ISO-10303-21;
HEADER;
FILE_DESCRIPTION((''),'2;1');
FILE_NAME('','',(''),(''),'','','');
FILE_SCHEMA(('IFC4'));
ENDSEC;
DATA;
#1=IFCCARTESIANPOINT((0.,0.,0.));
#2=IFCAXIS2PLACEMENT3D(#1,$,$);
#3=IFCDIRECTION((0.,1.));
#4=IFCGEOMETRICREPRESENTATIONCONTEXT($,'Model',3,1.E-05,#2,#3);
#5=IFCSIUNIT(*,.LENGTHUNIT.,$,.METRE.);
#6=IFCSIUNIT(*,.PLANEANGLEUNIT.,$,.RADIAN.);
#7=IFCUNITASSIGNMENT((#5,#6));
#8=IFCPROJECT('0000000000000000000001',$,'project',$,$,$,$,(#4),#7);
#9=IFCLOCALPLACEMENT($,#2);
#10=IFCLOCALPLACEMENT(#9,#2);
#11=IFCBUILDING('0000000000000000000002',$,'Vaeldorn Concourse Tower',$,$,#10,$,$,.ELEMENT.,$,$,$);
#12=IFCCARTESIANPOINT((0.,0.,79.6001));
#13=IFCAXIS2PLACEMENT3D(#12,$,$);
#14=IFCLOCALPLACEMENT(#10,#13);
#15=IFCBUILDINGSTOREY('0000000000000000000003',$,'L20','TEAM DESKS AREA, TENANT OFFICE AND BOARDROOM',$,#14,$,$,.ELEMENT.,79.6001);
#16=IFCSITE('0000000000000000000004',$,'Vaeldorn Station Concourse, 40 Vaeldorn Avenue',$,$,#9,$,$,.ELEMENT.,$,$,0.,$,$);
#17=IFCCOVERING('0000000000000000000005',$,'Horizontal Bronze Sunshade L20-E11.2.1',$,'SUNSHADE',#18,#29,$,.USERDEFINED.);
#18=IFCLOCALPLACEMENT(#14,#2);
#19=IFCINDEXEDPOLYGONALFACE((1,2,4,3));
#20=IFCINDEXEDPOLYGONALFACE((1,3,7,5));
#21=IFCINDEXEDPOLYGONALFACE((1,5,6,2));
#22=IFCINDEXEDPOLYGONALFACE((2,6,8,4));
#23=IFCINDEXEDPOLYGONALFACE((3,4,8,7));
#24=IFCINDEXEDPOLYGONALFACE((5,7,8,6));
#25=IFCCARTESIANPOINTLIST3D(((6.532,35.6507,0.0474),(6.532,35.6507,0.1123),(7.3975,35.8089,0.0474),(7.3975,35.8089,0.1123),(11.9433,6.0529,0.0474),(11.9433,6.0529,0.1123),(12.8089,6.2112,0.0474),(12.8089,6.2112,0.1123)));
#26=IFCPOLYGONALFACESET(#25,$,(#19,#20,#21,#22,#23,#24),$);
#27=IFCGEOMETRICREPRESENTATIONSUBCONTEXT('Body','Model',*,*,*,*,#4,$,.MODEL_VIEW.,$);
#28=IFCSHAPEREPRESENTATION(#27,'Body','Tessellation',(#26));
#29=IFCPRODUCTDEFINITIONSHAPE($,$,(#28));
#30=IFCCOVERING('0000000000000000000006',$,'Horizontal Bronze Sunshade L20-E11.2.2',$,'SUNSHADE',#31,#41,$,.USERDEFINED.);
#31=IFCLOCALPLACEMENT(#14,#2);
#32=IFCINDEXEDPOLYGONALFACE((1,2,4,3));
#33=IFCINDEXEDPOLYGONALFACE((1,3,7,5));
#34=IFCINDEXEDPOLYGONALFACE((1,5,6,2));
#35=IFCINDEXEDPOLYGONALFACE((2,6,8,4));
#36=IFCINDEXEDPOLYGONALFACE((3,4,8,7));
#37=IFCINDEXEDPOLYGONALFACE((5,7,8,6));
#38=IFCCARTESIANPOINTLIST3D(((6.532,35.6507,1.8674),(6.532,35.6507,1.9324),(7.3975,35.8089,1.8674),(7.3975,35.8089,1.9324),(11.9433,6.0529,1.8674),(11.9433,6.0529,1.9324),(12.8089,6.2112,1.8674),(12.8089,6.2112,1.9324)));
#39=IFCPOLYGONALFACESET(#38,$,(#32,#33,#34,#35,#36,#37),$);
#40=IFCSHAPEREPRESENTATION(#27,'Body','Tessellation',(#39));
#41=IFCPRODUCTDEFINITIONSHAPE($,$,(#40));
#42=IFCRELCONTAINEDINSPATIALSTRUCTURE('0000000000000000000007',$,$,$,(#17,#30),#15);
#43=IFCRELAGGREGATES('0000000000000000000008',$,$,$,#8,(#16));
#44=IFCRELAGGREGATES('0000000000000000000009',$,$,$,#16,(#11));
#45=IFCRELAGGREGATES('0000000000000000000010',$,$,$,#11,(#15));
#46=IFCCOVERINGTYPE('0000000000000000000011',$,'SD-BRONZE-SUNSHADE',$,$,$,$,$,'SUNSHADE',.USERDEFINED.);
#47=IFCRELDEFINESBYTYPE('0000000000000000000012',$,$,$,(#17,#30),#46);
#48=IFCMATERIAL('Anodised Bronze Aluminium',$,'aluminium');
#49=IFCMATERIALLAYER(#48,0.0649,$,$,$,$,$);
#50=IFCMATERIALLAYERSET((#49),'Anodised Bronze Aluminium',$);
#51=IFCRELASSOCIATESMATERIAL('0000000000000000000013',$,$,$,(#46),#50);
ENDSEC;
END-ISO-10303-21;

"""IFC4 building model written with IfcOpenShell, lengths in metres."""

from ifc_helpers import new_model, si_unit, direction, frame, origin, origin_2d, place, context, subcontext, project, spatial, rectangle, extrude, source, transform, mapped, material, layer, layer_set, type_object, element, save


model = new_model("IFC4")

# Units and contexts
model_context = context("Model", 3, precision=1e-05, world=origin(), true_north=direction((0.0, 1.0)))
body_context = subcontext(model_context, "Body", "Model", "MODEL_VIEW")
ifc_project = project(units=[si_unit("LENGTHUNIT", "METRE"), si_unit("PLANEANGLEUNIT", "RADIAN")], contexts=[model_context])

# Site, building, storey
site_placement = place(None, origin())
site = spatial("IfcSite", under=ifc_project, at=site_placement, Name="Vaeldorn Station Concourse, 40 Vaeldorn Avenue", CompositionType="ELEMENT", RefElevation=0.0)
building_placement = place(site_placement, origin())
building = spatial("IfcBuilding", under=site, at=building_placement, Name="Vaeldorn Concourse Tower", CompositionType="ELEMENT")
storey_placement = place(building_placement, frame((0.0, 0.0, 79.6001)))
storey = spatial("IfcBuildingStorey", under=building, at=storey_placement, Name="L20", Description="TEAM DESKS AREA, TENANT OFFICE AND BOARDROOM", CompositionType="ELEMENT", Elevation=79.6001)

# Shared definitions
ifc_material_1 = material(Name="Anodised Bronze Aluminium", Category="aluminium")

# Coverings
ifc_layer_1 = layer(ifc_material_1, 0.0649)
ifc_layer_set_1 = layer_set([ifc_layer_1], Name="Anodised Bronze Aluminium")
covering_type = type_object("IfcCoveringType", Name="SD-BRONZE-SUNSHADE", ElementType="SUNSHADE", PredefinedType="USERDEFINED", material=ifc_layer_set_1)
shared_shape_1 = source(origin(), body_context, "Body", "SweptSolid", [
    extrude(rectangle(XDim=30.0884, YDim=0.8799, at=origin_2d()), origin(), (0.0, 0.0, 1.0), 0.0649),
])
for number, where, z_axis, x_axis, name in (
    (1, (9.6704, 20.9309, 0.0474), (0.0, 0.0, 1.0), (0.17985, -0.983694, 0.0), "Horizontal Bronze Sunshade L20-E11.2.1"),
    (2, (9.6704, 20.9309, 1.8674), (0.0, 0.0, 1.0), (0.17985, -0.983694, 0.0), "Horizontal Bronze Sunshade L20-E11.2.2"),
):
    element("IfcCovering", number, at=place(storey_placement, frame(where, z_axis=z_axis, x_axis=x_axis)), inside=storey, type_object=covering_type, Name=name, ObjectType="SUNSHADE", PredefinedType="USERDEFINED", context=body_context, shape_type="MappedRepresentation", body=[
        mapped(shared_shape_1, transform((0.0, 0.0, 0.0), scale=1.0)),
    ])

save(model, "model.ifc")
